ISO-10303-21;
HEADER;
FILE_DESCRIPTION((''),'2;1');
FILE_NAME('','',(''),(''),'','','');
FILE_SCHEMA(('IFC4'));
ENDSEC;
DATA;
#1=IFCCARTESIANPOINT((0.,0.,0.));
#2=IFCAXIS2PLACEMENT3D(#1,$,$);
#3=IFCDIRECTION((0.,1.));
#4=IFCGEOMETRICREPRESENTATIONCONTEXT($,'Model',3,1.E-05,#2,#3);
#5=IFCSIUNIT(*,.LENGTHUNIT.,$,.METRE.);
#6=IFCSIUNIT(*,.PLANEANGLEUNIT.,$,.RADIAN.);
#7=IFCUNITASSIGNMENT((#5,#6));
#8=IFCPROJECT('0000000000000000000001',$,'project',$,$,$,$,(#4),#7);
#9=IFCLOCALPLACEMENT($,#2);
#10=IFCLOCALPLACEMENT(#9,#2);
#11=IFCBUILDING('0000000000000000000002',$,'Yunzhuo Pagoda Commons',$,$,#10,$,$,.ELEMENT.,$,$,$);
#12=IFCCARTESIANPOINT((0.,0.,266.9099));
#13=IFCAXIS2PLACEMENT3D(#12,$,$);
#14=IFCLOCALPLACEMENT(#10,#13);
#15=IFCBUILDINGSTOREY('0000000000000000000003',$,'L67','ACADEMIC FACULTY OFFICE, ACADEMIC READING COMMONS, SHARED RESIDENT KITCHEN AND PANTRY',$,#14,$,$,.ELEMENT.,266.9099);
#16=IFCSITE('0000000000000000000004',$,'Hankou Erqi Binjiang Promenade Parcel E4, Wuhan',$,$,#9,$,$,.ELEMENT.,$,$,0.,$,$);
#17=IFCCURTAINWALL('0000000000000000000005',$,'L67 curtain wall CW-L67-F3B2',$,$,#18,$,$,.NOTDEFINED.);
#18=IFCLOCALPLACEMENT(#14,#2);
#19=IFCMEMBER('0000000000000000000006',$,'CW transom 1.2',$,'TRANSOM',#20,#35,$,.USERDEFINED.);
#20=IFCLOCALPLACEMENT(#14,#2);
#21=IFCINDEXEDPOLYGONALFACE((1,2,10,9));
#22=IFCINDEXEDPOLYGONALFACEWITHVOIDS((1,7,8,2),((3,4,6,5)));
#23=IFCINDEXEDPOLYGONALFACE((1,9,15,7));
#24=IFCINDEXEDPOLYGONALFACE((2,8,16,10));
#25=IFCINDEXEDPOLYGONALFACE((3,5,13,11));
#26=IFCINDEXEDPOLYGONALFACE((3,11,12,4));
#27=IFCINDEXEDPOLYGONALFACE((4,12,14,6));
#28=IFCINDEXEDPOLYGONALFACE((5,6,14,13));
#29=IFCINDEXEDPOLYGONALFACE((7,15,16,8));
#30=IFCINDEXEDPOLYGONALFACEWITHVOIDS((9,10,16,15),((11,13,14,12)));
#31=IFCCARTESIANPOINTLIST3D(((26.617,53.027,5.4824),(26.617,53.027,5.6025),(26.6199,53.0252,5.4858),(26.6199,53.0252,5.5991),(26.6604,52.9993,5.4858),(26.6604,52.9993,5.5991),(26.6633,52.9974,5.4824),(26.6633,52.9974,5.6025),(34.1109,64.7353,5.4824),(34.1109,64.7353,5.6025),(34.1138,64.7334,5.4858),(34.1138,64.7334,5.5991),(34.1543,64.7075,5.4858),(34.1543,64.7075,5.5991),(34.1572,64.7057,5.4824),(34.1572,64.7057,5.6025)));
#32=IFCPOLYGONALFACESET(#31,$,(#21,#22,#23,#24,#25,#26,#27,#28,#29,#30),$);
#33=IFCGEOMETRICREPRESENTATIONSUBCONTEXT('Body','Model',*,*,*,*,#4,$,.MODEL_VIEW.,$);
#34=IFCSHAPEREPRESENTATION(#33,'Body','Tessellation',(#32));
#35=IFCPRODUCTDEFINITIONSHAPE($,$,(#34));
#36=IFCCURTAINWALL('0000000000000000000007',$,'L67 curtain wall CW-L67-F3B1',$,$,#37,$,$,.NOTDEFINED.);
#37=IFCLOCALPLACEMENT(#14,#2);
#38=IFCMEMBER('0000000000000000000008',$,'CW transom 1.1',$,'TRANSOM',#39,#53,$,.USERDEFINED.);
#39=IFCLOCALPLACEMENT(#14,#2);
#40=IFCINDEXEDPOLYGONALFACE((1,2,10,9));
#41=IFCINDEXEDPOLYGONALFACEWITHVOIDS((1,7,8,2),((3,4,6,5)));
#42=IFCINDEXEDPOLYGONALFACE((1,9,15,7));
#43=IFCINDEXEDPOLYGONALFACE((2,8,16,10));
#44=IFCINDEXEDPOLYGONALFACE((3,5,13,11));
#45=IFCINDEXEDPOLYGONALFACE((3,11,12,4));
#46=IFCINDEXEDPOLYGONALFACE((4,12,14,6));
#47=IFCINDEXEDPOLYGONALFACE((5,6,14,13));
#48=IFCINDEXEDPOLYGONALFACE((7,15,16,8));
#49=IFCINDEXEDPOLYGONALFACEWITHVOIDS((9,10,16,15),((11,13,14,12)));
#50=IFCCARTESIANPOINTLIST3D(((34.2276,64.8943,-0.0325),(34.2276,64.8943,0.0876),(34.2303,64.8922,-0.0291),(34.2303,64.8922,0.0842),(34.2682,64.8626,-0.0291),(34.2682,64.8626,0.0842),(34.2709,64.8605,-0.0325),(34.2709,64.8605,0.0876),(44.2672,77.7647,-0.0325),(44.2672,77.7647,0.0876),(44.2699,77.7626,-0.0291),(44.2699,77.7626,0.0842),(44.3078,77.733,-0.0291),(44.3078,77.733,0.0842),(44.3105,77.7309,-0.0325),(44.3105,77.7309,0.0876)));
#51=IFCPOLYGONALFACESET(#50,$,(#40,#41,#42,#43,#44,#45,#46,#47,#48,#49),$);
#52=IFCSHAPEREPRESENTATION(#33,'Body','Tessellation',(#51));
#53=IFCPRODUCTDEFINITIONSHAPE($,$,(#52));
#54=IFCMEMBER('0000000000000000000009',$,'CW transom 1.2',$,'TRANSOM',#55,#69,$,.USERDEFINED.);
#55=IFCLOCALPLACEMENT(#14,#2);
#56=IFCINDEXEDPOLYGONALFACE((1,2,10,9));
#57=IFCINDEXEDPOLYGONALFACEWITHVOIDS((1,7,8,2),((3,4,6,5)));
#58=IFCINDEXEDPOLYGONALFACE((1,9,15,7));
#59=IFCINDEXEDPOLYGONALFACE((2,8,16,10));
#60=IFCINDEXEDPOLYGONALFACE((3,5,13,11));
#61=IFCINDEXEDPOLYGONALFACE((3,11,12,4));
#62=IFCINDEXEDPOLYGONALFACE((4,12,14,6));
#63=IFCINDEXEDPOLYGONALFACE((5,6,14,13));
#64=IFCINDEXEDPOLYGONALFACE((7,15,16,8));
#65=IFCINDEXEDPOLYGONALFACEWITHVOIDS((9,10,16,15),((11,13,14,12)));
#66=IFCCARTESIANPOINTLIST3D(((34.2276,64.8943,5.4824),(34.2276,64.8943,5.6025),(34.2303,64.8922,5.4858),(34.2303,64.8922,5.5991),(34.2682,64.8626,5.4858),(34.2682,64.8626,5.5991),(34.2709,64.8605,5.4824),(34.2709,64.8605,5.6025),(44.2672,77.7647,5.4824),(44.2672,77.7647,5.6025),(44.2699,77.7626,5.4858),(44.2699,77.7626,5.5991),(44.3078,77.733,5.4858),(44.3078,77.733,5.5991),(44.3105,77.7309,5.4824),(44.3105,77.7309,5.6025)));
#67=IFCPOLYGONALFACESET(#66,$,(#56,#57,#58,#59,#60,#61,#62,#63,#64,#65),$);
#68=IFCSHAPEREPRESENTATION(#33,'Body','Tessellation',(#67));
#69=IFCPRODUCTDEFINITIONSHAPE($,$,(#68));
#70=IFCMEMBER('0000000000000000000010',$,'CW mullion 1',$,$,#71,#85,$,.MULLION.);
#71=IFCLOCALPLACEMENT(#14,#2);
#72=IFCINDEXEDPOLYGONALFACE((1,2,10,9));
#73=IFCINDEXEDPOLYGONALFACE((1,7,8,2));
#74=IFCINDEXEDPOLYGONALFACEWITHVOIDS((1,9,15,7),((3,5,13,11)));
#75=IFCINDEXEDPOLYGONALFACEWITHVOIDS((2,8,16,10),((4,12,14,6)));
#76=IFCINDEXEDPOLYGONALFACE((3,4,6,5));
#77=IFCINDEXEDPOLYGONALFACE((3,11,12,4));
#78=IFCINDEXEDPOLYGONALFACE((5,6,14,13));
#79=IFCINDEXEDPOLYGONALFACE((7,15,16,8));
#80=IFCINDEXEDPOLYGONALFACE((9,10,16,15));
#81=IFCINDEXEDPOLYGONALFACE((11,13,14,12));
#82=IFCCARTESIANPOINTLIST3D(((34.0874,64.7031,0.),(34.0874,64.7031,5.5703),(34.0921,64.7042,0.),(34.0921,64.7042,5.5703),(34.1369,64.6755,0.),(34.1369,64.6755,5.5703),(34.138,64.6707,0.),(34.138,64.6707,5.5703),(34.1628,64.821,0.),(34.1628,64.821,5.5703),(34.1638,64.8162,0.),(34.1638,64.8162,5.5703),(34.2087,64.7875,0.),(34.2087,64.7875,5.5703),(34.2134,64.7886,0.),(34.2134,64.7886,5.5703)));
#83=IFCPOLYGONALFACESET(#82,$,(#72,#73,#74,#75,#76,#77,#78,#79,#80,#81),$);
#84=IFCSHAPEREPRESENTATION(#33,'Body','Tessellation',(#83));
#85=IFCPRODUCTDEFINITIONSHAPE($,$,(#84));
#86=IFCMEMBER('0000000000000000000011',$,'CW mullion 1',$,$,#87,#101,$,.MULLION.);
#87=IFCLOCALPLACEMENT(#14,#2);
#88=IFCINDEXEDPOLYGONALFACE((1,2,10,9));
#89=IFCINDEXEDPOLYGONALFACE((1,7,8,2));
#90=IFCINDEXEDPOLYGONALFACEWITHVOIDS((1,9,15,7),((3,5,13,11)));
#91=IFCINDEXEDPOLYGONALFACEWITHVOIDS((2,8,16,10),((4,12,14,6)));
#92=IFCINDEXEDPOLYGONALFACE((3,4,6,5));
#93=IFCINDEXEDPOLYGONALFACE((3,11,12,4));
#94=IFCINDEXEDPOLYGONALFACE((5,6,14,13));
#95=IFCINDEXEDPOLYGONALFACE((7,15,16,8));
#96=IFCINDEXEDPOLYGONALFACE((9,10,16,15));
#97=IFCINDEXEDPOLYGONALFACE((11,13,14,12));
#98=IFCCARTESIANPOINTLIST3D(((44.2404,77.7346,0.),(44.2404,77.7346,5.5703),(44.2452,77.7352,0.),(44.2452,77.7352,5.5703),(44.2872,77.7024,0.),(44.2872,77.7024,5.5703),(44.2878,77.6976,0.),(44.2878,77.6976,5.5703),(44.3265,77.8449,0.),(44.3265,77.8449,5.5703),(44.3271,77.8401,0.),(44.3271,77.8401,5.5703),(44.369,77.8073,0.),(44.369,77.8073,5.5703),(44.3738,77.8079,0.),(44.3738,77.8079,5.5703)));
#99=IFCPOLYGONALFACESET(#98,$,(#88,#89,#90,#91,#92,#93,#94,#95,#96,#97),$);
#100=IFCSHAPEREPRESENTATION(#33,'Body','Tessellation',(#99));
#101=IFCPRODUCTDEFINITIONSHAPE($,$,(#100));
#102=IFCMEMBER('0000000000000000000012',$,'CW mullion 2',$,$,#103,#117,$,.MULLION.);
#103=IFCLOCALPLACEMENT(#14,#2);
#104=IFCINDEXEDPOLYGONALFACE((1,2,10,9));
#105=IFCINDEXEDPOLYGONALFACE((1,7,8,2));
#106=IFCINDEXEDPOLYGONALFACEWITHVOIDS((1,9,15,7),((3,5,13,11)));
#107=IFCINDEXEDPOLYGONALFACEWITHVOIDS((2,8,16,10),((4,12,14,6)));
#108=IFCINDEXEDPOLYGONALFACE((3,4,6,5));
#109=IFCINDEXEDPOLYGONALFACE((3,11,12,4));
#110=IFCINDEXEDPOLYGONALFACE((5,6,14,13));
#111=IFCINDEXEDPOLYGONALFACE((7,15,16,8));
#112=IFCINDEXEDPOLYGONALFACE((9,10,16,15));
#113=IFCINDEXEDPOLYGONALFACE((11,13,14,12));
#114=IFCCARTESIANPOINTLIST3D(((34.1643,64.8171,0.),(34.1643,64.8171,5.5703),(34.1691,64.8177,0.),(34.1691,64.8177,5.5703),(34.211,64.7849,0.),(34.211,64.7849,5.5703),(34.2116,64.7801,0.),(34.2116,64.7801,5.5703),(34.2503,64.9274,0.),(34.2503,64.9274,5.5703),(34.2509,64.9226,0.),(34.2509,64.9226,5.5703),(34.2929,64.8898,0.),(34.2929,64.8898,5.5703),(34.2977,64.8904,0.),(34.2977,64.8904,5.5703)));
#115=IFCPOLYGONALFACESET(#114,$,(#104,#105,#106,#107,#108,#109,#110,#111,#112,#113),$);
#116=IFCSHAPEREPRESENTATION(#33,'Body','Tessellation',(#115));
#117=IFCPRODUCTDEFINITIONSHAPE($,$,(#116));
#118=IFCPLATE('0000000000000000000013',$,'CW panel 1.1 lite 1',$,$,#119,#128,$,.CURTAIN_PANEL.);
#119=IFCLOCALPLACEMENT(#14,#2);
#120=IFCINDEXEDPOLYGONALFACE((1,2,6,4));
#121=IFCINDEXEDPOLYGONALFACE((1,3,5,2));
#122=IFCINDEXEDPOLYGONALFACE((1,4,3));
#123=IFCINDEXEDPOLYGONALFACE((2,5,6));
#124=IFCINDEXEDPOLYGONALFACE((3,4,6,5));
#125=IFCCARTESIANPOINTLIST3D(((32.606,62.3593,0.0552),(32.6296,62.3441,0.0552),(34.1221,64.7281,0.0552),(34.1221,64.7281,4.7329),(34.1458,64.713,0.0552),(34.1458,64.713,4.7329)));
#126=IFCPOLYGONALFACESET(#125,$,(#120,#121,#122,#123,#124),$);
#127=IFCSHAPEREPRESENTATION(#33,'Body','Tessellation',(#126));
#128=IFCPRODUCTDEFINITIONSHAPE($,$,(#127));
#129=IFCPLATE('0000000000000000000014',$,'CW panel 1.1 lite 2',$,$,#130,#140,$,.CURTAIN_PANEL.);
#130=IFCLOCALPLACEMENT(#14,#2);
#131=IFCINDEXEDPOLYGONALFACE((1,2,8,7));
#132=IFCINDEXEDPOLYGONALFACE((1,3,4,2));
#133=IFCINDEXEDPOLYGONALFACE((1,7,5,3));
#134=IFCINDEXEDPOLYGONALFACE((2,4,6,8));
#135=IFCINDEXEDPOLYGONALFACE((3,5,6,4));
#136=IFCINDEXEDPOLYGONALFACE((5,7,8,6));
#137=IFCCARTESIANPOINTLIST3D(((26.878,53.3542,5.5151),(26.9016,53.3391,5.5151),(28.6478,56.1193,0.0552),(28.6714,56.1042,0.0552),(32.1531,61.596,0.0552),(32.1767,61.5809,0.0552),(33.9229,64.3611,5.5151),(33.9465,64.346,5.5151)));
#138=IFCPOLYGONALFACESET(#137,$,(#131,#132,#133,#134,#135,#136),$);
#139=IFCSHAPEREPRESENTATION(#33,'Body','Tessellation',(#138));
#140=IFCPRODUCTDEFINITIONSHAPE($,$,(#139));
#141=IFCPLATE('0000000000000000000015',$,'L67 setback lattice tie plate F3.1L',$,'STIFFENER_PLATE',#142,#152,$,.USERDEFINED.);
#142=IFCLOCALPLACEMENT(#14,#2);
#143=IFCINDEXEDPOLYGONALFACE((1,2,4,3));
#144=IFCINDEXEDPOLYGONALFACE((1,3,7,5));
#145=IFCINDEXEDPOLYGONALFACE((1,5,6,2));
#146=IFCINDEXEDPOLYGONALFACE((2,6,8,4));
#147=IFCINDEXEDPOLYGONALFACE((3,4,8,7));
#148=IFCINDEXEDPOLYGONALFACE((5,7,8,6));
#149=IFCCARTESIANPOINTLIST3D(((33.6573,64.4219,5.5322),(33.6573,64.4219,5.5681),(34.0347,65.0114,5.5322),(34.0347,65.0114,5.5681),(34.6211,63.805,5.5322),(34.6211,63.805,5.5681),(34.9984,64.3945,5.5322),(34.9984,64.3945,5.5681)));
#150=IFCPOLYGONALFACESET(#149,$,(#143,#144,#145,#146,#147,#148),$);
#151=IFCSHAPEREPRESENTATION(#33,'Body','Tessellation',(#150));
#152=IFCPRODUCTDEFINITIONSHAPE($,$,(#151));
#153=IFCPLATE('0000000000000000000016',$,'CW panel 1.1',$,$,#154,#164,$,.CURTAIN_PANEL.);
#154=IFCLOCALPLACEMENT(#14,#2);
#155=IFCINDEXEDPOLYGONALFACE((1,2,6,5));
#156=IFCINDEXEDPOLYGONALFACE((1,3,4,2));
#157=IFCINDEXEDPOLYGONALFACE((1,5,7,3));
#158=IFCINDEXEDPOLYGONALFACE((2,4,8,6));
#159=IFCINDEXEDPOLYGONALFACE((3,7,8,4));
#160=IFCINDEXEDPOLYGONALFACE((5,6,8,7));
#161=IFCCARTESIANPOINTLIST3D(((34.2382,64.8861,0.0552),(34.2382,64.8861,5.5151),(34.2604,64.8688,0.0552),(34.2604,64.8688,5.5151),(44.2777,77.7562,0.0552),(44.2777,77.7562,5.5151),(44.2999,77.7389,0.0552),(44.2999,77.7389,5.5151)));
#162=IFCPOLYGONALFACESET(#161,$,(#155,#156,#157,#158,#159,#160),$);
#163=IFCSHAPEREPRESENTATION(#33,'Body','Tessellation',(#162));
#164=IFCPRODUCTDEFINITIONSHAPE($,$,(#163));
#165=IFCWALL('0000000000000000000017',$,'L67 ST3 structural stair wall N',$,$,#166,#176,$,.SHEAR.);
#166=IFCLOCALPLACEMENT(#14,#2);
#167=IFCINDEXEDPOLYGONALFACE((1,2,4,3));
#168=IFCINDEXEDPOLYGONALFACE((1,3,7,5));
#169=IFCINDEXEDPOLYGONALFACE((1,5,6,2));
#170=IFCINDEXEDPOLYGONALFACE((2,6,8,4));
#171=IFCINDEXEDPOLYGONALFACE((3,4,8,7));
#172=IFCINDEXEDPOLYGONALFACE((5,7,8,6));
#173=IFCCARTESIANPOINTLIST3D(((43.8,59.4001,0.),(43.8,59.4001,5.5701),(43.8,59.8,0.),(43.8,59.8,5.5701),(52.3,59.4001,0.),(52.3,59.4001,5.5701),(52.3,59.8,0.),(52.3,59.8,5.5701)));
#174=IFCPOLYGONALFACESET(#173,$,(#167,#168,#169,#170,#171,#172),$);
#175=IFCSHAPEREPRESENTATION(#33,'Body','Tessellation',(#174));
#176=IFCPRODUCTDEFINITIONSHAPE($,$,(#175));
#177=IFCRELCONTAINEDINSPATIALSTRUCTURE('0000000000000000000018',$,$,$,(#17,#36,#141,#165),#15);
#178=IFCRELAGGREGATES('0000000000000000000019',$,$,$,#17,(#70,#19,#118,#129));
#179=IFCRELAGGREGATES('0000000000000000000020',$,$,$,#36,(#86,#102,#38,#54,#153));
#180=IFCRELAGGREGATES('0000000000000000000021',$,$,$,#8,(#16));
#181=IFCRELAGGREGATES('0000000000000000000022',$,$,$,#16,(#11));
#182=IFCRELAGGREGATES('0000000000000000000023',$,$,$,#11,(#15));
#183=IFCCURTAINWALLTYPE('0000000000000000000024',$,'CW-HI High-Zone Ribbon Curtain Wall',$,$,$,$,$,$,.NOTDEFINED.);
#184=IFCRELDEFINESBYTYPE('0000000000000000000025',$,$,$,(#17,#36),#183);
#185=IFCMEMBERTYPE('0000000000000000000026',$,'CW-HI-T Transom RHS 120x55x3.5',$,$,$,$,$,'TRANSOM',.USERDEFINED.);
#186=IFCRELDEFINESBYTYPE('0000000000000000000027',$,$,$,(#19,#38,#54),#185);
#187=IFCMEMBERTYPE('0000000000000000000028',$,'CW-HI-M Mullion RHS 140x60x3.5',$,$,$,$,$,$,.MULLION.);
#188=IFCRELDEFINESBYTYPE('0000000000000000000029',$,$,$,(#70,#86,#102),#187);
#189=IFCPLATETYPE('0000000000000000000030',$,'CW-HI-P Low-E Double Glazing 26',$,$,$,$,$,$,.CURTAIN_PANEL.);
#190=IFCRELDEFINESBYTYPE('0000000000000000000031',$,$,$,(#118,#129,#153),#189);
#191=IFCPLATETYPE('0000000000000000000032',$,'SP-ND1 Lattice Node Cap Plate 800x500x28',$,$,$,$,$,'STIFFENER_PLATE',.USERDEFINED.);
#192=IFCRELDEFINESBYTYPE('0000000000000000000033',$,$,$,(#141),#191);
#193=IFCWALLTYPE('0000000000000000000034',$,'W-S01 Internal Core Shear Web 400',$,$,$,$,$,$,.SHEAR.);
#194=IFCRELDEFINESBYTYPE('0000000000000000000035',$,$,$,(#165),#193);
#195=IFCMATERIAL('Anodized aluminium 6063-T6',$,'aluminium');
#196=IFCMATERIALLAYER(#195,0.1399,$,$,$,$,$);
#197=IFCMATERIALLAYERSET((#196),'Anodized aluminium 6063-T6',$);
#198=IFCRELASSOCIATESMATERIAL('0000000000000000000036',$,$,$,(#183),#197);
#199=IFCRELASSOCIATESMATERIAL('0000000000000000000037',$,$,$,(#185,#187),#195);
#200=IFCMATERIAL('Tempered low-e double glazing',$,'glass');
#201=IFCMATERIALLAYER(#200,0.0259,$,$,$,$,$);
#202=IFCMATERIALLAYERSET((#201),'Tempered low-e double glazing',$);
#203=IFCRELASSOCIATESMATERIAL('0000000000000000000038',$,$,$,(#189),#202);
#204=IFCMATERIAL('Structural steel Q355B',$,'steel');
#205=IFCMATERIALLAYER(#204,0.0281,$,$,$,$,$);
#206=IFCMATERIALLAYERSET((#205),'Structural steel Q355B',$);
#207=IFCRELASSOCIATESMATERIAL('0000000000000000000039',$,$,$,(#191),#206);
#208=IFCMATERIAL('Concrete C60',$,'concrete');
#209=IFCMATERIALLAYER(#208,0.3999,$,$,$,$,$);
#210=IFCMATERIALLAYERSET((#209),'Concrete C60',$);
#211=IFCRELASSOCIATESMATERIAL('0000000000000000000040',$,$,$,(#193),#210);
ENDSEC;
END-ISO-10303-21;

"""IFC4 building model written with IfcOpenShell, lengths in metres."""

from ifc_helpers import new_model, si_unit, direction, frame, frame_2d, origin, origin_2d, place, context, subcontext, project, spatial, polyline, rectangle, hollow_rectangle, outline, extrude, source, transform, mapped, material, layer, layer_set, material_profile, profile_set, type_object, element, aggregate, save


model = new_model("IFC4")

# Units and contexts
model_context = context("Model", 3, precision=1e-05, world=origin(), true_north=direction((0.0, 1.0)))
body_context = subcontext(model_context, "Body", "Model", "MODEL_VIEW")
ifc_project = project(units=[si_unit("LENGTHUNIT", "METRE"), si_unit("PLANEANGLEUNIT", "RADIAN")], contexts=[model_context])

# Site, building, storey
site_placement = place(None, origin())
site = spatial("IfcSite", under=ifc_project, at=site_placement, Name="Hankou Erqi Binjiang Promenade Parcel E4, Wuhan", CompositionType="ELEMENT", RefElevation=0.0)
building_placement = place(site_placement, origin())
building = spatial("IfcBuilding", under=site, at=building_placement, Name="Yunzhuo Pagoda Commons", CompositionType="ELEMENT")
storey_placement = place(building_placement, frame((0.0, 0.0, 266.9099)))
storey = spatial("IfcBuildingStorey", under=building, at=storey_placement, Name="L67", Description="ACADEMIC FACULTY OFFICE, ACADEMIC READING COMMONS, SHARED RESIDENT KITCHEN AND PANTRY", CompositionType="ELEMENT", Elevation=266.9099)

# Shared definitions
ifc_material_1 = material(Name="Structural steel Q355B", Category="steel")

# Curtain walls, members
ifc_material_2 = material(Name="Anodized aluminium 6063-T6", Category="aluminium")
ifc_layer_1 = layer(ifc_material_2, 0.1399)
ifc_layer_set_1 = layer_set([ifc_layer_1], Name="Anodized aluminium 6063-T6")
curtain_wall_type = type_object("IfcCurtainWallType", Name="CW-HI High-Zone Ribbon Curtain Wall", PredefinedType="NOTDEFINED", material=ifc_layer_set_1)
curtain_wall_1_placement = place(storey_placement, origin())
curtain_wall_1 = element("IfcCurtainWall", 1, at=curtain_wall_1_placement, inside=storey, type_object=curtain_wall_type, Name="L67 curtain wall CW-L67-F3B2", PredefinedType="NOTDEFINED")
ifc_material_profile_1 = material_profile(ifc_material_2, hollow_rectangle(XDim=0.0549, YDim=0.1201, WallThickness=0.0034, at=origin_2d()), Name="Anodized aluminium 6063-T6")
ifc_profile_set_1 = profile_set([ifc_material_profile_1], Name="Anodized aluminium 6063-T6")
member_type_1 = type_object("IfcMemberType", Name="CW-HI-T Transom RHS 120x55x3.5", ElementType="TRANSOM", PredefinedType="USERDEFINED", material=ifc_profile_set_1)
shared_shape_1 = source(origin(), body_context, "Body", "SweptSolid", [
    extrude(hollow_rectangle(XDim=0.0549, YDim=0.1201, WallThickness=0.0034, at=origin_2d()), origin(), (0.0, 0.0, 1.0), 13.9011),
])
member_1_placement = place(storey_placement, frame((34.134, 64.7205, 5.5425), z_axis=(-0.539085, -0.842251, 0.0), x_axis=(0.842251, -0.539085, 0.0)))
member_1 = element("IfcMember", 2, at=member_1_placement, type_object=member_type_1, Name="CW transom 1.2", ObjectType="TRANSOM", PredefinedType="USERDEFINED", context=body_context, shape_type="MappedRepresentation", body=[
    mapped(shared_shape_1, transform((0.0, 0.0, 0.0), scale=1.0)),
])
curtain_wall_2_placement = place(storey_placement, origin())
curtain_wall_2 = element("IfcCurtainWall", 3, at=curtain_wall_2_placement, inside=storey, type_object=curtain_wall_type, Name="L67 curtain wall CW-L67-F3B1", PredefinedType="NOTDEFINED")
shared_shape_2 = source(origin(), body_context, "Body", "SweptSolid", [
    extrude(hollow_rectangle(XDim=0.0549, YDim=0.1201, WallThickness=0.0034, at=origin_2d()), origin(), (0.0, 0.0, 1.0), 16.323),
])
member_2_placement = place(storey_placement, frame((44.2888, 77.7478, 0.0276), z_axis=(-0.615057, -0.788482, 0.0), x_axis=(0.788482, -0.615057, 0.0)))
member_2 = element("IfcMember", 4, at=member_2_placement, type_object=member_type_1, Name="CW transom 1.1", ObjectType="TRANSOM", PredefinedType="USERDEFINED", context=body_context, shape_type="MappedRepresentation", body=[
    mapped(shared_shape_2, transform((0.0, 0.0, 0.0), scale=1.0)),
])
member_3_placement = place(storey_placement, frame((44.2888, 77.7478, 5.5425), z_axis=(-0.615057, -0.788482, 0.0), x_axis=(0.788482, -0.615057, 0.0)))
member_3 = element("IfcMember", 5, at=member_3_placement, type_object=member_type_1, Name="CW transom 1.2", ObjectType="TRANSOM", PredefinedType="USERDEFINED", context=body_context, shape_type="MappedRepresentation", body=[
    mapped(shared_shape_2, transform((0.0, 0.0, 0.0), scale=1.0)),
])

# Members
ifc_material_profile_2 = material_profile(ifc_material_2, hollow_rectangle(XDim=0.0601, YDim=0.1399, WallThickness=0.0034, at=origin_2d()), Name="Anodized aluminium 6063-T6")
ifc_profile_set_2 = profile_set([ifc_material_profile_2], Name="Anodized aluminium 6063-T6")
member_type_2 = type_object("IfcMemberType", Name="CW-HI-M Mullion RHS 140x60x3.5", PredefinedType="MULLION", material=ifc_profile_set_2)
shared_shape_3 = source(origin(), body_context, "Body", "SweptSolid", [
    extrude(hollow_rectangle(XDim=0.0601, YDim=0.1399, WallThickness=0.0034, at=origin_2d()), origin(), (0.0, 0.0, 1.0), 5.5703),
])
member_4_placement = place(storey_placement, frame((34.1504, 64.7458, 0.0), z_axis=(0.0, 0.0, 1.0), x_axis=(0.842256, -0.539078, 0.0)))
member_4 = element("IfcMember", 6, at=member_4_placement, type_object=member_type_2, Name="CW mullion 1", PredefinedType="MULLION", context=body_context, shape_type="MappedRepresentation", body=[
    mapped(shared_shape_3, transform((0.0, 0.0, 0.0), scale=1.0)),
])
member_5_placement = place(storey_placement, frame((44.3071, 77.7712, 0.0), z_axis=(0.0, 0.0, 1.0), x_axis=(0.78848, -0.61506, 0.0)))
member_5 = element("IfcMember", 7, at=member_5_placement, type_object=member_type_2, Name="CW mullion 1", PredefinedType="MULLION", context=body_context, shape_type="MappedRepresentation", body=[
    mapped(shared_shape_3, transform((0.0, 0.0, 0.0), scale=1.0)),
])
member_6_placement = place(storey_placement, frame((34.231, 64.8538, 0.0), z_axis=(0.0, 0.0, 1.0), x_axis=(0.78848, -0.61506, 0.0)))
member_6 = element("IfcMember", 8, at=member_6_placement, type_object=member_type_2, Name="CW mullion 2", PredefinedType="MULLION", context=body_context, shape_type="MappedRepresentation", body=[
    mapped(shared_shape_3, transform((0.0, 0.0, 0.0), scale=1.0)),
])

# Plates
ifc_material_3 = material(Name="Tempered low-e double glazing", Category="glass")
ifc_layer_2 = layer(ifc_material_3, 0.0259)
ifc_layer_set_2 = layer_set([ifc_layer_2], Name="Tempered low-e double glazing")
plate_type_1 = type_object("IfcPlateType", Name="CW-HI-P Low-E Double Glazing 26", PredefinedType="CURTAIN_PANEL", material=ifc_layer_set_2)
plate_1_placement = place(storey_placement, frame((33.3877, 63.5286, 2.394), z_axis=(-0.842256, 0.539078, 0.0), x_axis=(-0.539078, -0.842256, 0.0)))
plate_1 = element("IfcPlate", 9, at=plate_1_placement, type_object=plate_type_1, Name="CW panel 1.1 lite 1", PredefinedType="CURTAIN_PANEL", context=body_context, shape_type="SweptSolid", body=[
    extrude(outline(polyline([(-1.4062, -2.3389), (1.4062, -2.3389), (-1.4062, 2.3389), (-1.4062, -2.3389)])), origin(), (0.0, 0.0, 1.0), 0.0281),
])
plate_2_placement = place(storey_placement, frame((30.4241, 58.8425, 2.7852), z_axis=(-0.842256, 0.539078, 0.0), x_axis=(-0.539078, -0.842256, 0.0)))
plate_2 = element("IfcPlate", 10, at=plate_2_placement, type_object=plate_type_1, Name="CW panel 1.1 lite 2", PredefinedType="CURTAIN_PANEL", context=body_context, shape_type="SweptSolid", body=[
    extrude(outline(polyline([(-6.5342, 2.73), (-3.2512, -2.73), (3.2512, -2.73), (6.5342, 2.73), (-6.5342, 2.73)])), origin(), (0.0, 0.0, 1.0), 0.0281),
])
aggregate(curtain_wall_1, [member_4, member_1, plate_1, plate_2])
ifc_layer_3 = layer(ifc_material_1, 0.0281)
ifc_layer_set_3 = layer_set([ifc_layer_3], Name="Structural steel Q355B")
plate_type_2 = type_object("IfcPlateType", Name="SP-ND1 Lattice Node Cap Plate 800x500x28", ElementType="STIFFENER_PLATE", PredefinedType="USERDEFINED", material=ifc_layer_set_3)
shared_shape_4 = source(origin(), body_context, "Body", "SweptSolid", [
    extrude(rectangle(XDim=0.7, YDim=1.1443, at=origin_2d()), origin(), (0.0, 0.0, 1.0), 0.0359),
])
plate_3_placement = place(storey_placement, frame((34.3279, 64.4082, 5.5322), z_axis=(0.0, 0.0, 1.0), x_axis=(-0.53908, -0.842255, 0.0)))
element("IfcPlate", 11, at=plate_3_placement, inside=storey, type_object=plate_type_2, Name="L67 setback lattice tie plate F3.1L", ObjectType="STIFFENER_PLATE", PredefinedType="USERDEFINED", context=body_context, shape_type="MappedRepresentation", body=[
    mapped(shared_shape_4, transform((0.0, 0.0, 0.0), scale=1.0)),
])
shared_shape_5 = source(origin(), body_context, "Body", "SweptSolid", [
    extrude(rectangle(XDim=16.3228, YDim=0.0281, at=origin_2d()), origin(), (0.0, 0.0, 1.0), 5.46),
])
plate_4_placement = place(storey_placement, frame((39.269, 71.3125, 0.0552), z_axis=(0.0, 0.0, 1.0), x_axis=(-0.61506, -0.78848, 0.0)))
plate_4 = element("IfcPlate", 12, at=plate_4_placement, type_object=plate_type_1, Name="CW panel 1.1", PredefinedType="CURTAIN_PANEL", context=body_context, shape_type="MappedRepresentation", body=[
    mapped(shared_shape_5, transform((0.0, 0.0, 0.0), scale=1.0)),
])
aggregate(curtain_wall_2, [member_5, member_6, member_2, member_3, plate_4])

# Wall
ifc_material_4 = material(Name="Concrete C60", Category="concrete")
ifc_layer_4 = layer(ifc_material_4, 0.3999)
ifc_layer_set_4 = layer_set([ifc_layer_4], Name="Concrete C60")
wall_type = type_object("IfcWallType", Name="W-S01 Internal Core Shear Web 400", PredefinedType="SHEAR", material=ifc_layer_set_4)
wall_1_placement = place(storey_placement, frame((43.8, 59.6001, 0.0), z_axis=(0.0, 0.0, 1.0), x_axis=(1.0, 0.0, 0.0)))
element("IfcWall", 13, at=wall_1_placement, inside=storey, type_object=wall_type, Name="L67 ST3 structural stair wall N", PredefinedType="SHEAR", context=body_context, shape_type="SweptSolid", body=[
    extrude(rectangle(XDim=8.5, YDim=0.3999, at=frame_2d((4.25, 0.0))), origin(), (0.0, 0.0, 1.0), 5.5701),
])

save(model, "model.ifc")
